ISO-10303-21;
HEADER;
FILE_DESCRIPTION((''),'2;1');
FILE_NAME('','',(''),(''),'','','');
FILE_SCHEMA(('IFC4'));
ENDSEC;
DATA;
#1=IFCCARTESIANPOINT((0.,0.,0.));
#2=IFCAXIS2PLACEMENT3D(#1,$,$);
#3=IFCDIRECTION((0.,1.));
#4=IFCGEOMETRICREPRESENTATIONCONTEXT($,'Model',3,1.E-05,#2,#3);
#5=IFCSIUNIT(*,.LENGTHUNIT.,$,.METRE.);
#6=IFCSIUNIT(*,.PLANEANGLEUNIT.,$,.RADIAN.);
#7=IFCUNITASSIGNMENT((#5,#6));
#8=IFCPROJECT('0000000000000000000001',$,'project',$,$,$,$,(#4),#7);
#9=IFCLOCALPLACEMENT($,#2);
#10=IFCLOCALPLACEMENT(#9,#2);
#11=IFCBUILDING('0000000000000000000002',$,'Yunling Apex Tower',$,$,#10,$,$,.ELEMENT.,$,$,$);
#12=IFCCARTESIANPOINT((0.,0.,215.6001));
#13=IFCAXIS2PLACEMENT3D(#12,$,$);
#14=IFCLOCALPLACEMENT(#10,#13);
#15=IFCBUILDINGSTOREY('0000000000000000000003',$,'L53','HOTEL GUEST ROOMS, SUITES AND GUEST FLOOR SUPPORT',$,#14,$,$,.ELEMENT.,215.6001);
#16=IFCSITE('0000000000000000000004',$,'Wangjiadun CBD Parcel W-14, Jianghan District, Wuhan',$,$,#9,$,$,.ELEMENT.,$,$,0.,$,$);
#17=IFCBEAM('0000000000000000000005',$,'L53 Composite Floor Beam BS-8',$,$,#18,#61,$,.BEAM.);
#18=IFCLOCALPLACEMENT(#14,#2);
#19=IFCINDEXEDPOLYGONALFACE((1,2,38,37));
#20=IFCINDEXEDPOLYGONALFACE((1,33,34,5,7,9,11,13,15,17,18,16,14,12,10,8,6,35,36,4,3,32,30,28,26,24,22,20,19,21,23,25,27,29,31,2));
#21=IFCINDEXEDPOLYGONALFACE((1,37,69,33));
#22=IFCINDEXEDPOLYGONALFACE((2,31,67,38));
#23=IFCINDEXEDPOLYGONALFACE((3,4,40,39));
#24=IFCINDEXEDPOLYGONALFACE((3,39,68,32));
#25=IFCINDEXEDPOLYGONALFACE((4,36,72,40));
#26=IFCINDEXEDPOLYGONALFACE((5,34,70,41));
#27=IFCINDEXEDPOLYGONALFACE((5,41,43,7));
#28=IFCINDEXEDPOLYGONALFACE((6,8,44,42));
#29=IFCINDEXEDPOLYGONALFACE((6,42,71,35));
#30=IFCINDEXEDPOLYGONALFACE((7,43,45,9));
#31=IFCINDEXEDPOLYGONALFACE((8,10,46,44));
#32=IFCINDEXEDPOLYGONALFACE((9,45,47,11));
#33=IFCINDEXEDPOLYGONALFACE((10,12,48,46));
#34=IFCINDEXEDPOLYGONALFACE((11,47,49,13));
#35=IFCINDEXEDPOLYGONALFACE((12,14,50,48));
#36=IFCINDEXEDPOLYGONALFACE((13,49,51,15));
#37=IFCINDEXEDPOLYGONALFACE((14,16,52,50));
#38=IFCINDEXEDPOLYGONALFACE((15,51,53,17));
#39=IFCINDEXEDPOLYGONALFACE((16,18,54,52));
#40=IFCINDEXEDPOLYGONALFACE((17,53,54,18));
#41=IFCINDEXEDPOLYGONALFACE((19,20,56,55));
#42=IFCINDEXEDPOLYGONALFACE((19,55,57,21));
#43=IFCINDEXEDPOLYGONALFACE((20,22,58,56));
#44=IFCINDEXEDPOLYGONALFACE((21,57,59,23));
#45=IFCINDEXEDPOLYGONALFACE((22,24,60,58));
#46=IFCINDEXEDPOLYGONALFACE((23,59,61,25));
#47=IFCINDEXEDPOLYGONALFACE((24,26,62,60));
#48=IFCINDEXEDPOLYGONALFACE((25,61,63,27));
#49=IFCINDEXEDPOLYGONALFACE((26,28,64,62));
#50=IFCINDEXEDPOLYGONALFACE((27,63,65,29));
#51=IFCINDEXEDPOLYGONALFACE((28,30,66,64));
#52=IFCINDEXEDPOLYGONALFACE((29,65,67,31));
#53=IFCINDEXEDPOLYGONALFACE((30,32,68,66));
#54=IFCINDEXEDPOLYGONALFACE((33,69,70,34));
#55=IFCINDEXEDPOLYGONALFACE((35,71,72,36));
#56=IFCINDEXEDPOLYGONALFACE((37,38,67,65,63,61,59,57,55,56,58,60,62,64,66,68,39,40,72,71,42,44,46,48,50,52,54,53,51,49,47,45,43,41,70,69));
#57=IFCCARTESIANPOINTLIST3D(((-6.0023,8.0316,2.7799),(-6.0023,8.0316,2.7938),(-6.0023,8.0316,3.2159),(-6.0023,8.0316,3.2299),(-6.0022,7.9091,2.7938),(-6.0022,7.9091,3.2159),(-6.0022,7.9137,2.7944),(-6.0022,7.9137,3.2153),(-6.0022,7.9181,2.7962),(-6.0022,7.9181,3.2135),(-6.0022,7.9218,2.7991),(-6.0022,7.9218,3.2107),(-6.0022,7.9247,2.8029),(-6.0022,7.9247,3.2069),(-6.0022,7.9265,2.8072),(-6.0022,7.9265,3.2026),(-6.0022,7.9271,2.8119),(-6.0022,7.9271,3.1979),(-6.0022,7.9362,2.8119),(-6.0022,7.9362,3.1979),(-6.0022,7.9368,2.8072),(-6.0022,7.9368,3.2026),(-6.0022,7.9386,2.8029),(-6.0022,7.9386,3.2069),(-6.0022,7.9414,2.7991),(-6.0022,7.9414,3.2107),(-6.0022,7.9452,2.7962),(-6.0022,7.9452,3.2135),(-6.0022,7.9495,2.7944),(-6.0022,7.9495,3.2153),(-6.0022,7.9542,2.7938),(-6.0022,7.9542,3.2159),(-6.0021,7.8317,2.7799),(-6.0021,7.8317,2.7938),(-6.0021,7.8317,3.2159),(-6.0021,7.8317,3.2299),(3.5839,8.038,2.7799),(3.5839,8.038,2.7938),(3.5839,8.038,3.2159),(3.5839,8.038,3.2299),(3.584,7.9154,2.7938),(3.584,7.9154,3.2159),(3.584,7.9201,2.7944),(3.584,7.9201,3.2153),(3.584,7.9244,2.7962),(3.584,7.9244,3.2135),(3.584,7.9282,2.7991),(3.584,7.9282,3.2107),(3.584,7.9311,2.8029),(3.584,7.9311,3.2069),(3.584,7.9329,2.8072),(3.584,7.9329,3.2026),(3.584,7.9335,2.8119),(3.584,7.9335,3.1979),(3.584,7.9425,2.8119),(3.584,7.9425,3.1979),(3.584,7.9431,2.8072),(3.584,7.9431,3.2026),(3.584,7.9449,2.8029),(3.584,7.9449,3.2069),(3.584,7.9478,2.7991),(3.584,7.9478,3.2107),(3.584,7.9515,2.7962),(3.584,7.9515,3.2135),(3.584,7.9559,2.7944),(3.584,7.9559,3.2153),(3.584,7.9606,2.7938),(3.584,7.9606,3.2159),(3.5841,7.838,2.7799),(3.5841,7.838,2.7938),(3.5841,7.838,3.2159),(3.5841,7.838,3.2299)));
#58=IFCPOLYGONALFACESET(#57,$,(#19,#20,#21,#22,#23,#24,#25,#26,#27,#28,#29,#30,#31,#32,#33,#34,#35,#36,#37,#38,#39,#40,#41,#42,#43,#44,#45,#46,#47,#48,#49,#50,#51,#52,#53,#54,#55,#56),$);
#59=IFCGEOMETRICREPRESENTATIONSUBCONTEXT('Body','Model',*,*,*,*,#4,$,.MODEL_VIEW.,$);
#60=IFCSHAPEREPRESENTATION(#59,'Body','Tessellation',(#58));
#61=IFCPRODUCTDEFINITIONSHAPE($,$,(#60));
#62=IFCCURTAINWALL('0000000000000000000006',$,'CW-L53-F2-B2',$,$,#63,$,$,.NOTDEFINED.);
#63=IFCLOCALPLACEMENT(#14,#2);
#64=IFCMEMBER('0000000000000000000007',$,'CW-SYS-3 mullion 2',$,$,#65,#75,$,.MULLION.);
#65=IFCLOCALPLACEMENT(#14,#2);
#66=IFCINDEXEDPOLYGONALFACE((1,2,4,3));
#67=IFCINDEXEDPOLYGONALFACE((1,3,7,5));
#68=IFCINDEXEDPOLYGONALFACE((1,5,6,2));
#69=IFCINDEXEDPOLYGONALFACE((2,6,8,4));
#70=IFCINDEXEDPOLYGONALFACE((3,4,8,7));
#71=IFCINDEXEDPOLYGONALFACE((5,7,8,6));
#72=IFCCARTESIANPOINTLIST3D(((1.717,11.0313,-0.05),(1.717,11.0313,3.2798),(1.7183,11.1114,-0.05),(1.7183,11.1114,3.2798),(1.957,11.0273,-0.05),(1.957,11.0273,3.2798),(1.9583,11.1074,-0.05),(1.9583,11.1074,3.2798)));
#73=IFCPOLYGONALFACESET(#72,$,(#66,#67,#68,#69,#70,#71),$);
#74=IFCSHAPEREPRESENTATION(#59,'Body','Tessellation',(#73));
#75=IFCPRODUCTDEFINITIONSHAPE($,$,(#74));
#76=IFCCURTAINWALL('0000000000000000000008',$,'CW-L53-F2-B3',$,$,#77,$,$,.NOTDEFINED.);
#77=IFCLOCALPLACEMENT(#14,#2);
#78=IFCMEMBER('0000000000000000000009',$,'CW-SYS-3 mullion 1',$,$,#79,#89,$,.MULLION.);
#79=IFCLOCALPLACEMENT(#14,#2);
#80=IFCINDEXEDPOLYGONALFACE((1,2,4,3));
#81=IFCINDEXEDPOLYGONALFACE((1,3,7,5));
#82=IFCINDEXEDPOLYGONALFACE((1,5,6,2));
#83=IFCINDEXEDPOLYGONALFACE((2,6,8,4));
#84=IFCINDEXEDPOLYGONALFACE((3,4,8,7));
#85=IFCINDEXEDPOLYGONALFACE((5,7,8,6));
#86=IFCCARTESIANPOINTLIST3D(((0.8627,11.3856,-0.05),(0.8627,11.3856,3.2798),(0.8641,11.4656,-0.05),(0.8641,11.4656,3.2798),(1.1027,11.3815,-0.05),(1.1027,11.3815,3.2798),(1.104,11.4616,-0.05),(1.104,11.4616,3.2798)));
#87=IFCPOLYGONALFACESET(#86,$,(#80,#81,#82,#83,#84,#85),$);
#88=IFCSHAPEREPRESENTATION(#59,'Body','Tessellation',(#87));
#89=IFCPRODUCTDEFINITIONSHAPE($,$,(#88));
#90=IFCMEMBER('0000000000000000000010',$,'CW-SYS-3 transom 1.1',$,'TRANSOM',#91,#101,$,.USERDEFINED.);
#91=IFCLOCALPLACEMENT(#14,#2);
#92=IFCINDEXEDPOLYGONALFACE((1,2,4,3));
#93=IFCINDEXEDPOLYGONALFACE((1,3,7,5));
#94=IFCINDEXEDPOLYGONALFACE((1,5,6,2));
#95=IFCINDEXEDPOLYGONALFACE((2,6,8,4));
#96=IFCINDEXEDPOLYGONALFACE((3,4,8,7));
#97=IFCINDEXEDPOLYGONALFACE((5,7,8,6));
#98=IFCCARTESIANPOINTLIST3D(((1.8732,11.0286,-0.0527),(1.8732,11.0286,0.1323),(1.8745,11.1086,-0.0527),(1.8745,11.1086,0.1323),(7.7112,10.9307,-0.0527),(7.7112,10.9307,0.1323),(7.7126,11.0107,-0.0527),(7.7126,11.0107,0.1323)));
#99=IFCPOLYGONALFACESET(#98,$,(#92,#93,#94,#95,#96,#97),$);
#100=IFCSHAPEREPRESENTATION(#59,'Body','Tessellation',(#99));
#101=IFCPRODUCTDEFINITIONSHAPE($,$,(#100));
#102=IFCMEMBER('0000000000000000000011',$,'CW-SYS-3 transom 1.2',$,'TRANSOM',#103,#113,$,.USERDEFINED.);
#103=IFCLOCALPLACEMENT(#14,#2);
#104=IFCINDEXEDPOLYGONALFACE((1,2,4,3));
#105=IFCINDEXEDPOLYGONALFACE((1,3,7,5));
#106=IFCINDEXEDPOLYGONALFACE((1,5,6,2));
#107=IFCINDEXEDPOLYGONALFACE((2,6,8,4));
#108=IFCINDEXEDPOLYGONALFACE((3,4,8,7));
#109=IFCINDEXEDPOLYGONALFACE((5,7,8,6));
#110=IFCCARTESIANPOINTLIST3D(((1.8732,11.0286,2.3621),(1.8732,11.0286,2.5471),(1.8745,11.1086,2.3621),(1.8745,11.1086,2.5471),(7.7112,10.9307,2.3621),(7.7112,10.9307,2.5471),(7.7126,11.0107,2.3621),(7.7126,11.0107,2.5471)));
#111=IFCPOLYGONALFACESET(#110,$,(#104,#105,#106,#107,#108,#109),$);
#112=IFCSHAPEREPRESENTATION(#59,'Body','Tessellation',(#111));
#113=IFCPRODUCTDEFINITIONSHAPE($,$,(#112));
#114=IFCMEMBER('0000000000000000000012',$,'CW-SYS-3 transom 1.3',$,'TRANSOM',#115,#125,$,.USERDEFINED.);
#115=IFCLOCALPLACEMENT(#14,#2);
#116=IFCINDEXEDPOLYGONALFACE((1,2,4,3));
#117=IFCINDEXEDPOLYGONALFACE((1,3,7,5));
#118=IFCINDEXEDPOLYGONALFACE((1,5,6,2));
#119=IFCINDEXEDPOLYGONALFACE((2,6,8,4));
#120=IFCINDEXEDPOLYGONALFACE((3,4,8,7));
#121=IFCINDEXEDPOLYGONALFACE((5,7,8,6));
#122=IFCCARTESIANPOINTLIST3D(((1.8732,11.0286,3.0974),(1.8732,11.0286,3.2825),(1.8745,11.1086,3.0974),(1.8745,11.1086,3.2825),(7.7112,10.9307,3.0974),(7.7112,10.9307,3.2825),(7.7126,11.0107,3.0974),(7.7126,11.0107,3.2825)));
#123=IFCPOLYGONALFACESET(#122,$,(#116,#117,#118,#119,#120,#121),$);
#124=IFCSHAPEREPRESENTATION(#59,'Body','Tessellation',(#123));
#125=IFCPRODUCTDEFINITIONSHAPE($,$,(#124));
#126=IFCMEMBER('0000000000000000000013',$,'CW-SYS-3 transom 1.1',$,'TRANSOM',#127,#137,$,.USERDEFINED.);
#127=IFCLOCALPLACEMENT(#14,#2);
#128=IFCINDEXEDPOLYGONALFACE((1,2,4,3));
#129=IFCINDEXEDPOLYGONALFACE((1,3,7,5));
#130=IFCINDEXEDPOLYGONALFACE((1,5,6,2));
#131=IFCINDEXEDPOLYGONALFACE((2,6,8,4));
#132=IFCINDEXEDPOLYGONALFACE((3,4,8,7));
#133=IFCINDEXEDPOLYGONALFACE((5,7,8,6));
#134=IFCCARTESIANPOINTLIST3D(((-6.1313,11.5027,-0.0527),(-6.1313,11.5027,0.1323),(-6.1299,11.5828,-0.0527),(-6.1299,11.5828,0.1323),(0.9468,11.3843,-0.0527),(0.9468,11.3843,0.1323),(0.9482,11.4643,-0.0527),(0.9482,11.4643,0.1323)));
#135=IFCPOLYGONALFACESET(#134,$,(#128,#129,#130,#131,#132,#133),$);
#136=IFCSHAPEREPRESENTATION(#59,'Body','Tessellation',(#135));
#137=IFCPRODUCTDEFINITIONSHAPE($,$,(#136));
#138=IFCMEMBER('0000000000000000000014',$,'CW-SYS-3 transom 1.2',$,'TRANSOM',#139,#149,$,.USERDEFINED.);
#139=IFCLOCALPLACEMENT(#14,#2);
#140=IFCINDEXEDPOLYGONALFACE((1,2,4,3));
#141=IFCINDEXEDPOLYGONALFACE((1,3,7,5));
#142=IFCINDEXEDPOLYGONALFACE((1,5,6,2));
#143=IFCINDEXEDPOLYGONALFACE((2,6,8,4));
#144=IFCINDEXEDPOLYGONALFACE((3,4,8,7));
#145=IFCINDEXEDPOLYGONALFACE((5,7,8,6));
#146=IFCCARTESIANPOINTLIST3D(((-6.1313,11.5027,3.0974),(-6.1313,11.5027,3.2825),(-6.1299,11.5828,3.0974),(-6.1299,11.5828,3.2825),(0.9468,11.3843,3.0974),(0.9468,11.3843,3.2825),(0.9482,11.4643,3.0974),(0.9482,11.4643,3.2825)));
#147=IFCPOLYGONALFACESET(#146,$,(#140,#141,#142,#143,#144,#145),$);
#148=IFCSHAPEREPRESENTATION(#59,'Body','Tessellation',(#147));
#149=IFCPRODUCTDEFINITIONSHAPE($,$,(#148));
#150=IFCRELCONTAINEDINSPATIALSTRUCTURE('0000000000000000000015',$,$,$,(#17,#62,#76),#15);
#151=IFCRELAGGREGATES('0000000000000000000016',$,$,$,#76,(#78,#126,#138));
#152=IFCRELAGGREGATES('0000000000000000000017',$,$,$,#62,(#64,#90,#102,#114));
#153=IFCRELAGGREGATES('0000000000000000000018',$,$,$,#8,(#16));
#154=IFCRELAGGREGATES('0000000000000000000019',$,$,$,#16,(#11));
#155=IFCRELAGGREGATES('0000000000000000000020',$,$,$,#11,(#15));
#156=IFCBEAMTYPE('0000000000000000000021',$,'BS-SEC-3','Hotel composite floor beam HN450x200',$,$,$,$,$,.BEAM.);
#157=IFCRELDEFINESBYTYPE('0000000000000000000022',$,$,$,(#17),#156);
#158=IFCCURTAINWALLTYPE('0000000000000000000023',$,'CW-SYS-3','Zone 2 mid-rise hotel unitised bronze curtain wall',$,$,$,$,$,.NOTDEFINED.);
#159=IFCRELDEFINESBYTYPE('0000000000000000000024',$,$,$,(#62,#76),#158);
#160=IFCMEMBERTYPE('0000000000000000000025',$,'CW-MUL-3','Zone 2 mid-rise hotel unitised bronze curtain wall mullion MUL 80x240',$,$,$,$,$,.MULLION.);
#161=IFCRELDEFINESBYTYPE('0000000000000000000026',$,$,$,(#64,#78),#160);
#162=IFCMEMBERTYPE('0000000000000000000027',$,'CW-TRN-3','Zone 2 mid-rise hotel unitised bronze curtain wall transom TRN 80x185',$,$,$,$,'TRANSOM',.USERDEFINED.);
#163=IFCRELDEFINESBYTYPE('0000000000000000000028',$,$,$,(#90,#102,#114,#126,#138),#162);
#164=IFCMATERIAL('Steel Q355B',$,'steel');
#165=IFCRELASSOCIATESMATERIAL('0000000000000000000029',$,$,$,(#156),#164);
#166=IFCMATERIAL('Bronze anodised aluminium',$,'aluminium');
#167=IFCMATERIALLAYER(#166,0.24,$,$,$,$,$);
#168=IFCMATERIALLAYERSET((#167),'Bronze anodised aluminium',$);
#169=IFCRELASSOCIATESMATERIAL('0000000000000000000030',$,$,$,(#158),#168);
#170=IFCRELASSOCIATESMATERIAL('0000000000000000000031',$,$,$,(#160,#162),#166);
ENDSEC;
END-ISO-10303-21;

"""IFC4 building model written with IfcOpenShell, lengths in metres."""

from ifc_helpers import new_model, si_unit, direction, frame, origin, origin_2d, place, context, subcontext, project, spatial, rectangle, i_section, extrude, source, transform, mapped, material, layer, layer_set, material_profile, profile_set, type_object, element, aggregate, save


model = new_model("IFC4")

# Units and contexts
model_context = context("Model", 3, precision=1e-05, world=origin(), true_north=direction((0.0, 1.0)))
body_context = subcontext(model_context, "Body", "Model", "MODEL_VIEW")
ifc_project = project(units=[si_unit("LENGTHUNIT", "METRE"), si_unit("PLANEANGLEUNIT", "RADIAN")], contexts=[model_context])

# Site, building, storey
site_placement = place(None, origin())
site = spatial("IfcSite", under=ifc_project, at=site_placement, Name="Wangjiadun CBD Parcel W-14, Jianghan District, Wuhan", CompositionType="ELEMENT", RefElevation=0.0)
building_placement = place(site_placement, origin())
building = spatial("IfcBuilding", under=site, at=building_placement, Name="Yunling Apex Tower", CompositionType="ELEMENT")
storey_placement = place(building_placement, frame((0.0, 0.0, 215.6001)))
storey = spatial("IfcBuildingStorey", under=building, at=storey_placement, Name="L53", Description="HOTEL GUEST ROOMS, SUITES AND GUEST FLOOR SUPPORT", CompositionType="ELEMENT", Elevation=215.6001)

# Beam
ifc_material_1 = material(Name="Steel Q355B", Category="steel")
ifc_material_profile_1 = material_profile(ifc_material_1, i_section(OverallWidth=0.2, OverallDepth=0.45, WebThickness=0.009, FlangeThickness=0.0139, FilletRadius=0.0181, at=origin_2d()))
ifc_profile_set_1 = profile_set([ifc_material_profile_1], Name="Steel Q355B")
beam_type_1 = type_object("IfcBeamType", Name="BS-SEC-3", Description="Hotel composite floor beam HN450x200", PredefinedType="BEAM", material=ifc_profile_set_1)
shared_shape_1 = source(origin(), body_context, "Body", "SweptSolid", [
    extrude(i_section(OverallWidth=0.2, OverallDepth=0.45, WebThickness=0.009, FlangeThickness=0.0139, FilletRadius=0.0181, at=origin_2d()), origin(), (0.0, 0.0, 1.0), 9.5862),
])
beam_1_placement = place(storey_placement, frame((3.584, 7.938, 3.0049), z_axis=(-1.0, -0.000662, 0.0), x_axis=(0.000662, -1.0, 0.0)))
element("IfcBeam", 1, at=beam_1_placement, inside=storey, type_object=beam_type_1, Name="L53 Composite Floor Beam BS-8", PredefinedType="BEAM", context=body_context, shape_type="MappedRepresentation", body=[
    mapped(shared_shape_1, transform((0.0, 0.0, 0.0), scale=1.0)),
])

# Curtain walls, members
ifc_material_2 = material(Name="Bronze anodised aluminium", Category="aluminium")
ifc_layer_1 = layer(ifc_material_2, 0.24)
ifc_layer_set_1 = layer_set([ifc_layer_1], Name="Bronze anodised aluminium")
curtain_wall_type = type_object("IfcCurtainWallType", Name="CW-SYS-3", Description="Zone 2 mid-rise hotel unitised bronze curtain wall", PredefinedType="NOTDEFINED", material=ifc_layer_set_1)
curtain_wall_1_placement = place(storey_placement, origin())
curtain_wall_1 = element("IfcCurtainWall", 2, at=curtain_wall_1_placement, inside=storey, type_object=curtain_wall_type, Name="CW-L53-F2-B2", PredefinedType="NOTDEFINED")
ifc_material_profile_2 = material_profile(ifc_material_2, rectangle(XDim=0.0801, YDim=0.24, at=origin_2d()))
ifc_profile_set_2 = profile_set([ifc_material_profile_2], Name="Bronze anodised aluminium")
member_type_1 = type_object("IfcMemberType", Name="CW-MUL-3", Description="Zone 2 mid-rise hotel unitised bronze curtain wall mullion MUL 80x240", PredefinedType="MULLION", material=ifc_profile_set_2)
shared_shape_2 = source(origin(), body_context, "Body", "SweptSolid", [
    extrude(rectangle(XDim=0.0801, YDim=0.24, at=origin_2d()), origin(), (0.0, 0.0, 1.0), 3.3298),
])
member_1_placement = place(storey_placement, frame((1.8376, 11.0693, -0.05), z_axis=(0.0, 0.0, 1.0), x_axis=(-0.016759, -0.99986, 0.0)))
member_1 = element("IfcMember", 3, at=member_1_placement, type_object=member_type_1, Name="CW-SYS-3 mullion 2", PredefinedType="MULLION", context=body_context, shape_type="MappedRepresentation", body=[
    mapped(shared_shape_2, transform((0.0, 0.0, 0.0), scale=1.0)),
])
curtain_wall_2_placement = place(storey_placement, origin())
curtain_wall_2 = element("IfcCurtainWall", 4, at=curtain_wall_2_placement, inside=storey, type_object=curtain_wall_type, Name="CW-L53-F2-B3", PredefinedType="NOTDEFINED")
member_2_placement = place(storey_placement, frame((0.9834, 11.4236, -0.05), z_axis=(0.0, 0.0, 1.0), x_axis=(-0.016747, -0.99986, 0.0)))
member_2 = element("IfcMember", 5, at=member_2_placement, type_object=member_type_1, Name="CW-SYS-3 mullion 1", PredefinedType="MULLION", context=body_context, shape_type="MappedRepresentation", body=[
    mapped(shared_shape_2, transform((0.0, 0.0, 0.0), scale=1.0)),
])

# Members
ifc_material_profile_3 = material_profile(ifc_material_2, rectangle(XDim=0.0801, YDim=0.1851, at=origin_2d()))
ifc_profile_set_3 = profile_set([ifc_material_profile_3], Name="Bronze anodised aluminium")
member_type_2 = type_object("IfcMemberType", Name="CW-TRN-3", Description="Zone 2 mid-rise hotel unitised bronze curtain wall transom TRN 80x185", ElementType="TRANSOM", PredefinedType="USERDEFINED", material=ifc_profile_set_3)
shared_shape_3 = source(origin(), body_context, "Body", "SweptSolid", [
    extrude(rectangle(XDim=0.0801, YDim=0.1851, at=origin_2d()), origin(), (0.0, 0.0, 1.0), 5.8389),
])
member_3_placement = place(storey_placement, frame((7.7119, 10.9707, 0.0398), z_axis=(-0.999859, 0.016767, 0.0), x_axis=(-0.016767, -0.999859, 0.0)))
member_3 = element("IfcMember", 6, at=member_3_placement, type_object=member_type_2, Name="CW-SYS-3 transom 1.1", ObjectType="TRANSOM", PredefinedType="USERDEFINED", context=body_context, shape_type="MappedRepresentation", body=[
    mapped(shared_shape_3, transform((0.0, 0.0, 0.0), scale=1.0)),
])
member_4_placement = place(storey_placement, frame((7.7119, 10.9707, 2.4546), z_axis=(-0.999859, 0.016767, 0.0), x_axis=(-0.016767, -0.999859, 0.0)))
member_4 = element("IfcMember", 7, at=member_4_placement, type_object=member_type_2, Name="CW-SYS-3 transom 1.2", ObjectType="TRANSOM", PredefinedType="USERDEFINED", context=body_context, shape_type="MappedRepresentation", body=[
    mapped(shared_shape_3, transform((0.0, 0.0, 0.0), scale=1.0)),
])
member_5_placement = place(storey_placement, frame((7.7119, 10.9707, 3.1899), z_axis=(-0.999859, 0.016767, 0.0), x_axis=(-0.016767, -0.999859, 0.0)))
member_5 = element("IfcMember", 8, at=member_5_placement, type_object=member_type_2, Name="CW-SYS-3 transom 1.3", ObjectType="TRANSOM", PredefinedType="USERDEFINED", context=body_context, shape_type="MappedRepresentation", body=[
    mapped(shared_shape_3, transform((0.0, 0.0, 0.0), scale=1.0)),
])
shared_shape_4 = source(origin(), body_context, "Body", "SweptSolid", [
    extrude(rectangle(XDim=0.0801, YDim=0.1851, at=origin_2d()), origin(), (0.0, 0.0, 1.0), 7.0791),
])
member_6_placement = place(storey_placement, frame((0.9475, 11.4243, 0.0398), z_axis=(-0.99986, 0.016726, 0.0), x_axis=(-0.016726, -0.99986, 0.0)))
member_6 = element("IfcMember", 9, at=member_6_placement, type_object=member_type_2, Name="CW-SYS-3 transom 1.1", ObjectType="TRANSOM", PredefinedType="USERDEFINED", context=body_context, shape_type="MappedRepresentation", body=[
    mapped(shared_shape_4, transform((0.0, 0.0, 0.0), scale=1.0)),
])
member_7_placement = place(storey_placement, frame((0.9475, 11.4243, 3.1899), z_axis=(-0.99986, 0.016726, 0.0), x_axis=(-0.016726, -0.99986, 0.0)))
member_7 = element("IfcMember", 10, at=member_7_placement, type_object=member_type_2, Name="CW-SYS-3 transom 1.2", ObjectType="TRANSOM", PredefinedType="USERDEFINED", context=body_context, shape_type="MappedRepresentation", body=[
    mapped(shared_shape_4, transform((0.0, 0.0, 0.0), scale=1.0)),
])
aggregate(curtain_wall_2, [member_2, member_6, member_7])

aggregate(curtain_wall_1, [member_1, member_3, member_4, member_5])

save(model, "model.ifc")
